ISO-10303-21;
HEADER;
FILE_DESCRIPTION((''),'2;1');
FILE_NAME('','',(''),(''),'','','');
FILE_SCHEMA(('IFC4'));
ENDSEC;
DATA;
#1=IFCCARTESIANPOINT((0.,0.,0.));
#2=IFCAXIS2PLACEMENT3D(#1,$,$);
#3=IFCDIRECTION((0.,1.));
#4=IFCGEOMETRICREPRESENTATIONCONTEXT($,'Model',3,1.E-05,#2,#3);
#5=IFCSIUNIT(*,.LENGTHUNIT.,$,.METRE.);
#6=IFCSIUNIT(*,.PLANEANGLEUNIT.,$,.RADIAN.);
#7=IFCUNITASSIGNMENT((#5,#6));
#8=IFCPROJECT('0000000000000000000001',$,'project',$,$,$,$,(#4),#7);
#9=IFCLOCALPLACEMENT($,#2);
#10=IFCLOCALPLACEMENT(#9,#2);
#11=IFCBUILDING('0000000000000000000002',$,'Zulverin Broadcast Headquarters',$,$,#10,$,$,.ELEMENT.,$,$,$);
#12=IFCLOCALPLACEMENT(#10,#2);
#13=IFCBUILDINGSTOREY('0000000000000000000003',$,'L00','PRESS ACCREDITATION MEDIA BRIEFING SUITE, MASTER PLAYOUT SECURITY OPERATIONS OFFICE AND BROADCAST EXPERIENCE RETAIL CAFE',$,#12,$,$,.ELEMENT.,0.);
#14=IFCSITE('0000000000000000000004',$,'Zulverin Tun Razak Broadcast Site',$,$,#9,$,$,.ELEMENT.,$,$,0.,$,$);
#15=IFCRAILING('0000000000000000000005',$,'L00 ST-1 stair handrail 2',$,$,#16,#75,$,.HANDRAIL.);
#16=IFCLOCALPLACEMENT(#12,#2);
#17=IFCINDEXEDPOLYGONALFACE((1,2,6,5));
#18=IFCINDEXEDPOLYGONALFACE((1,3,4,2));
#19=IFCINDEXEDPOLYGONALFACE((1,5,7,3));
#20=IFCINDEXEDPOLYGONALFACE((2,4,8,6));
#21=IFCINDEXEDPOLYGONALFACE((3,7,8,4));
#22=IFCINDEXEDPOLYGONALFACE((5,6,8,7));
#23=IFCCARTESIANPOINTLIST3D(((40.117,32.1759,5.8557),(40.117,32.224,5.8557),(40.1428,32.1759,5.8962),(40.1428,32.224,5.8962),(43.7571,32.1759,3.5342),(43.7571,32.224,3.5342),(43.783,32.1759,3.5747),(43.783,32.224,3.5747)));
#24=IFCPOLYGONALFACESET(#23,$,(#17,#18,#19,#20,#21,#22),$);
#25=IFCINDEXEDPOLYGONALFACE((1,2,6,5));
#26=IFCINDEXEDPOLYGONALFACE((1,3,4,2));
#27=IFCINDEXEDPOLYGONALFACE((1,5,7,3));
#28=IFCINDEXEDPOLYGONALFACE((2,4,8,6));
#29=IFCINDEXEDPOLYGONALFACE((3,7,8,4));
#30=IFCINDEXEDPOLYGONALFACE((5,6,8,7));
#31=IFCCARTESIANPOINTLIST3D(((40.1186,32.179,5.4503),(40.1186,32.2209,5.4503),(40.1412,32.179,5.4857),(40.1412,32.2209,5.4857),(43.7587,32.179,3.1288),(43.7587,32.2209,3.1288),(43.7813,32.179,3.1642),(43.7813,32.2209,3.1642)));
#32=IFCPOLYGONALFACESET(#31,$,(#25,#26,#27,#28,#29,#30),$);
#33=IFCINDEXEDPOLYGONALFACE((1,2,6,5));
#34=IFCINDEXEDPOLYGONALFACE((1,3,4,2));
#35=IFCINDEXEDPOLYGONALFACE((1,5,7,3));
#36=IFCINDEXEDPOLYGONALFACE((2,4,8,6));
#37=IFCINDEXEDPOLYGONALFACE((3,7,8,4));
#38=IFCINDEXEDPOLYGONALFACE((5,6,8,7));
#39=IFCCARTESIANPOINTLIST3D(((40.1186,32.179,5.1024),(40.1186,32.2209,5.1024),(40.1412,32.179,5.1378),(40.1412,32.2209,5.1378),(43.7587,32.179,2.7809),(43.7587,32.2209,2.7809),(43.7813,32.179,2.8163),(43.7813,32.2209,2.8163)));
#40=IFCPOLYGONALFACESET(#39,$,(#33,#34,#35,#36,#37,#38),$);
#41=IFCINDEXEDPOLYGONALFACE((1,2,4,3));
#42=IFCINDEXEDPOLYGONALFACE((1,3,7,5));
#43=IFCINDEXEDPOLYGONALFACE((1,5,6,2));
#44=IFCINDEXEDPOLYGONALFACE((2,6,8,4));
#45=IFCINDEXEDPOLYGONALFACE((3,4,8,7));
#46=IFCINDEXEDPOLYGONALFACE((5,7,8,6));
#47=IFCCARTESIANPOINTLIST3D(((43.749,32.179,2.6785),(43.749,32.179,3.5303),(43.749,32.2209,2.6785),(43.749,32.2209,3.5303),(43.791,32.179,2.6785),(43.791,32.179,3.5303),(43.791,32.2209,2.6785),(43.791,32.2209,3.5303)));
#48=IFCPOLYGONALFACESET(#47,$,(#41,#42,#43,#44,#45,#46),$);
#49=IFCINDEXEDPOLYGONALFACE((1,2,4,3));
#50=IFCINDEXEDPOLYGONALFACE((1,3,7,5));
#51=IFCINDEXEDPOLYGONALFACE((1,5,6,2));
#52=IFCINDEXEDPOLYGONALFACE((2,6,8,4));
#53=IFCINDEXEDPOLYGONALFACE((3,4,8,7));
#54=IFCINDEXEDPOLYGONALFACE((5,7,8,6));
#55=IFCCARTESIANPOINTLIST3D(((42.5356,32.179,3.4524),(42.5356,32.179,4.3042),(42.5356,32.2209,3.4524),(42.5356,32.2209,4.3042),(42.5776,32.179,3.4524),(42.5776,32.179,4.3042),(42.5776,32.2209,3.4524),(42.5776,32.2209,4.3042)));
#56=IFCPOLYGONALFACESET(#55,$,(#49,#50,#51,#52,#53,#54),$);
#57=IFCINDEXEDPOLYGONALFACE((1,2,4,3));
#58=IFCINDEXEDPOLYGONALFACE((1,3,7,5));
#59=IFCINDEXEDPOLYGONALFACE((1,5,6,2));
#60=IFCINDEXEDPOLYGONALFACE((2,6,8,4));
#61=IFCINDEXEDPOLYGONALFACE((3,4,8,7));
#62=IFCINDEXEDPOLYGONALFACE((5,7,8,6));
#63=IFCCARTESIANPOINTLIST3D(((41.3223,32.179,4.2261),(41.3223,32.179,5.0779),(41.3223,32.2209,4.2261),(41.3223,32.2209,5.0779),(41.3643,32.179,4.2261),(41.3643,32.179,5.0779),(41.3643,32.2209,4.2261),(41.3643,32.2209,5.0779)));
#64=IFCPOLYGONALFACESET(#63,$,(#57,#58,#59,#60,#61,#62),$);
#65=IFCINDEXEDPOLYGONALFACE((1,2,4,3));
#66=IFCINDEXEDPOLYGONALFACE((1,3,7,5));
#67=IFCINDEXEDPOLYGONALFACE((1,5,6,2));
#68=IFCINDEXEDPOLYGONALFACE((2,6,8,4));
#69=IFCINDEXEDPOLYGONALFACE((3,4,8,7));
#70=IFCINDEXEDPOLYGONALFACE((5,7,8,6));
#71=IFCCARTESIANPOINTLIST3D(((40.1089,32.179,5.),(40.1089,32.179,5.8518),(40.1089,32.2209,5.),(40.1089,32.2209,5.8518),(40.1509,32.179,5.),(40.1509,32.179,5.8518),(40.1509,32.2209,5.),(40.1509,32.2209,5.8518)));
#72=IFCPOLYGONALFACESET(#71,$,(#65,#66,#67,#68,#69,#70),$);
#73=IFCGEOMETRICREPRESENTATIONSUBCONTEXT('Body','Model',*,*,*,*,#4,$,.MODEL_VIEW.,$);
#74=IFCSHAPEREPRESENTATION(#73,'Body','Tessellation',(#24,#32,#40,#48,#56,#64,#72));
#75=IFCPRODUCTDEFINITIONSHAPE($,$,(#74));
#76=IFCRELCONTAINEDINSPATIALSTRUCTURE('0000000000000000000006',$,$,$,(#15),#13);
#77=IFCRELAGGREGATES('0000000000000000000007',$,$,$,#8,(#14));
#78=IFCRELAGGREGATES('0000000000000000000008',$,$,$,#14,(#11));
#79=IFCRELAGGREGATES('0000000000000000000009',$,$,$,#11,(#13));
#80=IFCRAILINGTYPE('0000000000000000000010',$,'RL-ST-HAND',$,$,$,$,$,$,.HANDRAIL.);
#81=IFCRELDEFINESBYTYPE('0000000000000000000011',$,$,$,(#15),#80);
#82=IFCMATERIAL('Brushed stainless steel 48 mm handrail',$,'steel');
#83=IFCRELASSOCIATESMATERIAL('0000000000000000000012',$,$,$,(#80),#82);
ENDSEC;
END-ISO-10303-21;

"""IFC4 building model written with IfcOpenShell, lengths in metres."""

from ifc_helpers import new_model, si_unit, direction, frame, origin, origin_2d, place, context, subcontext, project, spatial, rectangle, extrude, material, type_object, element, save


model = new_model("IFC4")

# Units and contexts
model_context = context("Model", 3, precision=1e-05, world=origin(), true_north=direction((0.0, 1.0)))
body_context = subcontext(model_context, "Body", "Model", "MODEL_VIEW")
ifc_project = project(units=[si_unit("LENGTHUNIT", "METRE"), si_unit("PLANEANGLEUNIT", "RADIAN")], contexts=[model_context])

# Site, building, storey
site_placement = place(None, origin())
site = spatial("IfcSite", under=ifc_project, at=site_placement, Name="Zulverin Tun Razak Broadcast Site", CompositionType="ELEMENT", RefElevation=0.0)
building_placement = place(site_placement, origin())
building = spatial("IfcBuilding", under=site, at=building_placement, Name="Zulverin Broadcast Headquarters", CompositionType="ELEMENT")
storey_placement = place(building_placement, origin())
storey = spatial("IfcBuildingStorey", under=building, at=storey_placement, Name="L00", Description="PRESS ACCREDITATION MEDIA BRIEFING SUITE, MASTER PLAYOUT SECURITY OPERATIONS OFFICE AND BROADCAST EXPERIENCE RETAIL CAFE", CompositionType="ELEMENT", Elevation=0.0)

# Railing
ifc_material_1 = material(Name="Brushed stainless steel 48 mm handrail", Category="steel")
railing_type_1 = type_object("IfcRailingType", Name="RL-ST-HAND", PredefinedType="HANDRAIL", material=ifc_material_1)
railing_1_placement = place(storey_placement, frame((43.77, 32.2, 2.6785)))
element("IfcRailing", 1, at=railing_1_placement, inside=storey, type_object=railing_type_1, Name="L00 ST-1 stair handrail 2", PredefinedType="HANDRAIL", context=body_context, shape_type="SweptSolid", body=[
    extrude(rectangle(XDim=0.0481, YDim=0.0481, at=origin_2d()), frame((0.0, 0.0, 0.876), z_axis=(-0.843128, 0.0, 0.537713), x_axis=(0.0, -1.0, 0.0)), (0.0, 0.0, 1.0), 4.3174),
    extrude(rectangle(XDim=0.042, YDim=0.042, at=origin_2d()), frame((0.0, 0.0, 0.468), z_axis=(-0.843128, 0.0, 0.537713), x_axis=(0.0, -1.0, 0.0)), (0.0, 0.0, 1.0), 4.3174),
    extrude(rectangle(XDim=0.042, YDim=0.042, at=origin_2d()), frame((0.0, 0.0, 0.1201), z_axis=(-0.843128, 0.0, 0.537713), x_axis=(0.0, -1.0, 0.0)), (0.0, 0.0, 1.0), 4.3174),
    extrude(rectangle(XDim=0.042, YDim=0.042, at=origin_2d()), origin(), (0.0, 0.0, 1.0), 0.8518),
    extrude(rectangle(XDim=0.042, YDim=0.042, at=origin_2d()), frame((-1.2134, 0.0, 0.7739)), (0.0, 0.0, 1.0), 0.8518),
    extrude(rectangle(XDim=0.042, YDim=0.042, at=origin_2d()), frame((-2.4268, 0.0, 1.5476)), (0.0, 0.0, 1.0), 0.8518),
    extrude(rectangle(XDim=0.042, YDim=0.042, at=origin_2d()), frame((-3.6401, 0.0, 2.3215)), (0.0, 0.0, 1.0), 0.8518),
])

save(model, "model.ifc")
